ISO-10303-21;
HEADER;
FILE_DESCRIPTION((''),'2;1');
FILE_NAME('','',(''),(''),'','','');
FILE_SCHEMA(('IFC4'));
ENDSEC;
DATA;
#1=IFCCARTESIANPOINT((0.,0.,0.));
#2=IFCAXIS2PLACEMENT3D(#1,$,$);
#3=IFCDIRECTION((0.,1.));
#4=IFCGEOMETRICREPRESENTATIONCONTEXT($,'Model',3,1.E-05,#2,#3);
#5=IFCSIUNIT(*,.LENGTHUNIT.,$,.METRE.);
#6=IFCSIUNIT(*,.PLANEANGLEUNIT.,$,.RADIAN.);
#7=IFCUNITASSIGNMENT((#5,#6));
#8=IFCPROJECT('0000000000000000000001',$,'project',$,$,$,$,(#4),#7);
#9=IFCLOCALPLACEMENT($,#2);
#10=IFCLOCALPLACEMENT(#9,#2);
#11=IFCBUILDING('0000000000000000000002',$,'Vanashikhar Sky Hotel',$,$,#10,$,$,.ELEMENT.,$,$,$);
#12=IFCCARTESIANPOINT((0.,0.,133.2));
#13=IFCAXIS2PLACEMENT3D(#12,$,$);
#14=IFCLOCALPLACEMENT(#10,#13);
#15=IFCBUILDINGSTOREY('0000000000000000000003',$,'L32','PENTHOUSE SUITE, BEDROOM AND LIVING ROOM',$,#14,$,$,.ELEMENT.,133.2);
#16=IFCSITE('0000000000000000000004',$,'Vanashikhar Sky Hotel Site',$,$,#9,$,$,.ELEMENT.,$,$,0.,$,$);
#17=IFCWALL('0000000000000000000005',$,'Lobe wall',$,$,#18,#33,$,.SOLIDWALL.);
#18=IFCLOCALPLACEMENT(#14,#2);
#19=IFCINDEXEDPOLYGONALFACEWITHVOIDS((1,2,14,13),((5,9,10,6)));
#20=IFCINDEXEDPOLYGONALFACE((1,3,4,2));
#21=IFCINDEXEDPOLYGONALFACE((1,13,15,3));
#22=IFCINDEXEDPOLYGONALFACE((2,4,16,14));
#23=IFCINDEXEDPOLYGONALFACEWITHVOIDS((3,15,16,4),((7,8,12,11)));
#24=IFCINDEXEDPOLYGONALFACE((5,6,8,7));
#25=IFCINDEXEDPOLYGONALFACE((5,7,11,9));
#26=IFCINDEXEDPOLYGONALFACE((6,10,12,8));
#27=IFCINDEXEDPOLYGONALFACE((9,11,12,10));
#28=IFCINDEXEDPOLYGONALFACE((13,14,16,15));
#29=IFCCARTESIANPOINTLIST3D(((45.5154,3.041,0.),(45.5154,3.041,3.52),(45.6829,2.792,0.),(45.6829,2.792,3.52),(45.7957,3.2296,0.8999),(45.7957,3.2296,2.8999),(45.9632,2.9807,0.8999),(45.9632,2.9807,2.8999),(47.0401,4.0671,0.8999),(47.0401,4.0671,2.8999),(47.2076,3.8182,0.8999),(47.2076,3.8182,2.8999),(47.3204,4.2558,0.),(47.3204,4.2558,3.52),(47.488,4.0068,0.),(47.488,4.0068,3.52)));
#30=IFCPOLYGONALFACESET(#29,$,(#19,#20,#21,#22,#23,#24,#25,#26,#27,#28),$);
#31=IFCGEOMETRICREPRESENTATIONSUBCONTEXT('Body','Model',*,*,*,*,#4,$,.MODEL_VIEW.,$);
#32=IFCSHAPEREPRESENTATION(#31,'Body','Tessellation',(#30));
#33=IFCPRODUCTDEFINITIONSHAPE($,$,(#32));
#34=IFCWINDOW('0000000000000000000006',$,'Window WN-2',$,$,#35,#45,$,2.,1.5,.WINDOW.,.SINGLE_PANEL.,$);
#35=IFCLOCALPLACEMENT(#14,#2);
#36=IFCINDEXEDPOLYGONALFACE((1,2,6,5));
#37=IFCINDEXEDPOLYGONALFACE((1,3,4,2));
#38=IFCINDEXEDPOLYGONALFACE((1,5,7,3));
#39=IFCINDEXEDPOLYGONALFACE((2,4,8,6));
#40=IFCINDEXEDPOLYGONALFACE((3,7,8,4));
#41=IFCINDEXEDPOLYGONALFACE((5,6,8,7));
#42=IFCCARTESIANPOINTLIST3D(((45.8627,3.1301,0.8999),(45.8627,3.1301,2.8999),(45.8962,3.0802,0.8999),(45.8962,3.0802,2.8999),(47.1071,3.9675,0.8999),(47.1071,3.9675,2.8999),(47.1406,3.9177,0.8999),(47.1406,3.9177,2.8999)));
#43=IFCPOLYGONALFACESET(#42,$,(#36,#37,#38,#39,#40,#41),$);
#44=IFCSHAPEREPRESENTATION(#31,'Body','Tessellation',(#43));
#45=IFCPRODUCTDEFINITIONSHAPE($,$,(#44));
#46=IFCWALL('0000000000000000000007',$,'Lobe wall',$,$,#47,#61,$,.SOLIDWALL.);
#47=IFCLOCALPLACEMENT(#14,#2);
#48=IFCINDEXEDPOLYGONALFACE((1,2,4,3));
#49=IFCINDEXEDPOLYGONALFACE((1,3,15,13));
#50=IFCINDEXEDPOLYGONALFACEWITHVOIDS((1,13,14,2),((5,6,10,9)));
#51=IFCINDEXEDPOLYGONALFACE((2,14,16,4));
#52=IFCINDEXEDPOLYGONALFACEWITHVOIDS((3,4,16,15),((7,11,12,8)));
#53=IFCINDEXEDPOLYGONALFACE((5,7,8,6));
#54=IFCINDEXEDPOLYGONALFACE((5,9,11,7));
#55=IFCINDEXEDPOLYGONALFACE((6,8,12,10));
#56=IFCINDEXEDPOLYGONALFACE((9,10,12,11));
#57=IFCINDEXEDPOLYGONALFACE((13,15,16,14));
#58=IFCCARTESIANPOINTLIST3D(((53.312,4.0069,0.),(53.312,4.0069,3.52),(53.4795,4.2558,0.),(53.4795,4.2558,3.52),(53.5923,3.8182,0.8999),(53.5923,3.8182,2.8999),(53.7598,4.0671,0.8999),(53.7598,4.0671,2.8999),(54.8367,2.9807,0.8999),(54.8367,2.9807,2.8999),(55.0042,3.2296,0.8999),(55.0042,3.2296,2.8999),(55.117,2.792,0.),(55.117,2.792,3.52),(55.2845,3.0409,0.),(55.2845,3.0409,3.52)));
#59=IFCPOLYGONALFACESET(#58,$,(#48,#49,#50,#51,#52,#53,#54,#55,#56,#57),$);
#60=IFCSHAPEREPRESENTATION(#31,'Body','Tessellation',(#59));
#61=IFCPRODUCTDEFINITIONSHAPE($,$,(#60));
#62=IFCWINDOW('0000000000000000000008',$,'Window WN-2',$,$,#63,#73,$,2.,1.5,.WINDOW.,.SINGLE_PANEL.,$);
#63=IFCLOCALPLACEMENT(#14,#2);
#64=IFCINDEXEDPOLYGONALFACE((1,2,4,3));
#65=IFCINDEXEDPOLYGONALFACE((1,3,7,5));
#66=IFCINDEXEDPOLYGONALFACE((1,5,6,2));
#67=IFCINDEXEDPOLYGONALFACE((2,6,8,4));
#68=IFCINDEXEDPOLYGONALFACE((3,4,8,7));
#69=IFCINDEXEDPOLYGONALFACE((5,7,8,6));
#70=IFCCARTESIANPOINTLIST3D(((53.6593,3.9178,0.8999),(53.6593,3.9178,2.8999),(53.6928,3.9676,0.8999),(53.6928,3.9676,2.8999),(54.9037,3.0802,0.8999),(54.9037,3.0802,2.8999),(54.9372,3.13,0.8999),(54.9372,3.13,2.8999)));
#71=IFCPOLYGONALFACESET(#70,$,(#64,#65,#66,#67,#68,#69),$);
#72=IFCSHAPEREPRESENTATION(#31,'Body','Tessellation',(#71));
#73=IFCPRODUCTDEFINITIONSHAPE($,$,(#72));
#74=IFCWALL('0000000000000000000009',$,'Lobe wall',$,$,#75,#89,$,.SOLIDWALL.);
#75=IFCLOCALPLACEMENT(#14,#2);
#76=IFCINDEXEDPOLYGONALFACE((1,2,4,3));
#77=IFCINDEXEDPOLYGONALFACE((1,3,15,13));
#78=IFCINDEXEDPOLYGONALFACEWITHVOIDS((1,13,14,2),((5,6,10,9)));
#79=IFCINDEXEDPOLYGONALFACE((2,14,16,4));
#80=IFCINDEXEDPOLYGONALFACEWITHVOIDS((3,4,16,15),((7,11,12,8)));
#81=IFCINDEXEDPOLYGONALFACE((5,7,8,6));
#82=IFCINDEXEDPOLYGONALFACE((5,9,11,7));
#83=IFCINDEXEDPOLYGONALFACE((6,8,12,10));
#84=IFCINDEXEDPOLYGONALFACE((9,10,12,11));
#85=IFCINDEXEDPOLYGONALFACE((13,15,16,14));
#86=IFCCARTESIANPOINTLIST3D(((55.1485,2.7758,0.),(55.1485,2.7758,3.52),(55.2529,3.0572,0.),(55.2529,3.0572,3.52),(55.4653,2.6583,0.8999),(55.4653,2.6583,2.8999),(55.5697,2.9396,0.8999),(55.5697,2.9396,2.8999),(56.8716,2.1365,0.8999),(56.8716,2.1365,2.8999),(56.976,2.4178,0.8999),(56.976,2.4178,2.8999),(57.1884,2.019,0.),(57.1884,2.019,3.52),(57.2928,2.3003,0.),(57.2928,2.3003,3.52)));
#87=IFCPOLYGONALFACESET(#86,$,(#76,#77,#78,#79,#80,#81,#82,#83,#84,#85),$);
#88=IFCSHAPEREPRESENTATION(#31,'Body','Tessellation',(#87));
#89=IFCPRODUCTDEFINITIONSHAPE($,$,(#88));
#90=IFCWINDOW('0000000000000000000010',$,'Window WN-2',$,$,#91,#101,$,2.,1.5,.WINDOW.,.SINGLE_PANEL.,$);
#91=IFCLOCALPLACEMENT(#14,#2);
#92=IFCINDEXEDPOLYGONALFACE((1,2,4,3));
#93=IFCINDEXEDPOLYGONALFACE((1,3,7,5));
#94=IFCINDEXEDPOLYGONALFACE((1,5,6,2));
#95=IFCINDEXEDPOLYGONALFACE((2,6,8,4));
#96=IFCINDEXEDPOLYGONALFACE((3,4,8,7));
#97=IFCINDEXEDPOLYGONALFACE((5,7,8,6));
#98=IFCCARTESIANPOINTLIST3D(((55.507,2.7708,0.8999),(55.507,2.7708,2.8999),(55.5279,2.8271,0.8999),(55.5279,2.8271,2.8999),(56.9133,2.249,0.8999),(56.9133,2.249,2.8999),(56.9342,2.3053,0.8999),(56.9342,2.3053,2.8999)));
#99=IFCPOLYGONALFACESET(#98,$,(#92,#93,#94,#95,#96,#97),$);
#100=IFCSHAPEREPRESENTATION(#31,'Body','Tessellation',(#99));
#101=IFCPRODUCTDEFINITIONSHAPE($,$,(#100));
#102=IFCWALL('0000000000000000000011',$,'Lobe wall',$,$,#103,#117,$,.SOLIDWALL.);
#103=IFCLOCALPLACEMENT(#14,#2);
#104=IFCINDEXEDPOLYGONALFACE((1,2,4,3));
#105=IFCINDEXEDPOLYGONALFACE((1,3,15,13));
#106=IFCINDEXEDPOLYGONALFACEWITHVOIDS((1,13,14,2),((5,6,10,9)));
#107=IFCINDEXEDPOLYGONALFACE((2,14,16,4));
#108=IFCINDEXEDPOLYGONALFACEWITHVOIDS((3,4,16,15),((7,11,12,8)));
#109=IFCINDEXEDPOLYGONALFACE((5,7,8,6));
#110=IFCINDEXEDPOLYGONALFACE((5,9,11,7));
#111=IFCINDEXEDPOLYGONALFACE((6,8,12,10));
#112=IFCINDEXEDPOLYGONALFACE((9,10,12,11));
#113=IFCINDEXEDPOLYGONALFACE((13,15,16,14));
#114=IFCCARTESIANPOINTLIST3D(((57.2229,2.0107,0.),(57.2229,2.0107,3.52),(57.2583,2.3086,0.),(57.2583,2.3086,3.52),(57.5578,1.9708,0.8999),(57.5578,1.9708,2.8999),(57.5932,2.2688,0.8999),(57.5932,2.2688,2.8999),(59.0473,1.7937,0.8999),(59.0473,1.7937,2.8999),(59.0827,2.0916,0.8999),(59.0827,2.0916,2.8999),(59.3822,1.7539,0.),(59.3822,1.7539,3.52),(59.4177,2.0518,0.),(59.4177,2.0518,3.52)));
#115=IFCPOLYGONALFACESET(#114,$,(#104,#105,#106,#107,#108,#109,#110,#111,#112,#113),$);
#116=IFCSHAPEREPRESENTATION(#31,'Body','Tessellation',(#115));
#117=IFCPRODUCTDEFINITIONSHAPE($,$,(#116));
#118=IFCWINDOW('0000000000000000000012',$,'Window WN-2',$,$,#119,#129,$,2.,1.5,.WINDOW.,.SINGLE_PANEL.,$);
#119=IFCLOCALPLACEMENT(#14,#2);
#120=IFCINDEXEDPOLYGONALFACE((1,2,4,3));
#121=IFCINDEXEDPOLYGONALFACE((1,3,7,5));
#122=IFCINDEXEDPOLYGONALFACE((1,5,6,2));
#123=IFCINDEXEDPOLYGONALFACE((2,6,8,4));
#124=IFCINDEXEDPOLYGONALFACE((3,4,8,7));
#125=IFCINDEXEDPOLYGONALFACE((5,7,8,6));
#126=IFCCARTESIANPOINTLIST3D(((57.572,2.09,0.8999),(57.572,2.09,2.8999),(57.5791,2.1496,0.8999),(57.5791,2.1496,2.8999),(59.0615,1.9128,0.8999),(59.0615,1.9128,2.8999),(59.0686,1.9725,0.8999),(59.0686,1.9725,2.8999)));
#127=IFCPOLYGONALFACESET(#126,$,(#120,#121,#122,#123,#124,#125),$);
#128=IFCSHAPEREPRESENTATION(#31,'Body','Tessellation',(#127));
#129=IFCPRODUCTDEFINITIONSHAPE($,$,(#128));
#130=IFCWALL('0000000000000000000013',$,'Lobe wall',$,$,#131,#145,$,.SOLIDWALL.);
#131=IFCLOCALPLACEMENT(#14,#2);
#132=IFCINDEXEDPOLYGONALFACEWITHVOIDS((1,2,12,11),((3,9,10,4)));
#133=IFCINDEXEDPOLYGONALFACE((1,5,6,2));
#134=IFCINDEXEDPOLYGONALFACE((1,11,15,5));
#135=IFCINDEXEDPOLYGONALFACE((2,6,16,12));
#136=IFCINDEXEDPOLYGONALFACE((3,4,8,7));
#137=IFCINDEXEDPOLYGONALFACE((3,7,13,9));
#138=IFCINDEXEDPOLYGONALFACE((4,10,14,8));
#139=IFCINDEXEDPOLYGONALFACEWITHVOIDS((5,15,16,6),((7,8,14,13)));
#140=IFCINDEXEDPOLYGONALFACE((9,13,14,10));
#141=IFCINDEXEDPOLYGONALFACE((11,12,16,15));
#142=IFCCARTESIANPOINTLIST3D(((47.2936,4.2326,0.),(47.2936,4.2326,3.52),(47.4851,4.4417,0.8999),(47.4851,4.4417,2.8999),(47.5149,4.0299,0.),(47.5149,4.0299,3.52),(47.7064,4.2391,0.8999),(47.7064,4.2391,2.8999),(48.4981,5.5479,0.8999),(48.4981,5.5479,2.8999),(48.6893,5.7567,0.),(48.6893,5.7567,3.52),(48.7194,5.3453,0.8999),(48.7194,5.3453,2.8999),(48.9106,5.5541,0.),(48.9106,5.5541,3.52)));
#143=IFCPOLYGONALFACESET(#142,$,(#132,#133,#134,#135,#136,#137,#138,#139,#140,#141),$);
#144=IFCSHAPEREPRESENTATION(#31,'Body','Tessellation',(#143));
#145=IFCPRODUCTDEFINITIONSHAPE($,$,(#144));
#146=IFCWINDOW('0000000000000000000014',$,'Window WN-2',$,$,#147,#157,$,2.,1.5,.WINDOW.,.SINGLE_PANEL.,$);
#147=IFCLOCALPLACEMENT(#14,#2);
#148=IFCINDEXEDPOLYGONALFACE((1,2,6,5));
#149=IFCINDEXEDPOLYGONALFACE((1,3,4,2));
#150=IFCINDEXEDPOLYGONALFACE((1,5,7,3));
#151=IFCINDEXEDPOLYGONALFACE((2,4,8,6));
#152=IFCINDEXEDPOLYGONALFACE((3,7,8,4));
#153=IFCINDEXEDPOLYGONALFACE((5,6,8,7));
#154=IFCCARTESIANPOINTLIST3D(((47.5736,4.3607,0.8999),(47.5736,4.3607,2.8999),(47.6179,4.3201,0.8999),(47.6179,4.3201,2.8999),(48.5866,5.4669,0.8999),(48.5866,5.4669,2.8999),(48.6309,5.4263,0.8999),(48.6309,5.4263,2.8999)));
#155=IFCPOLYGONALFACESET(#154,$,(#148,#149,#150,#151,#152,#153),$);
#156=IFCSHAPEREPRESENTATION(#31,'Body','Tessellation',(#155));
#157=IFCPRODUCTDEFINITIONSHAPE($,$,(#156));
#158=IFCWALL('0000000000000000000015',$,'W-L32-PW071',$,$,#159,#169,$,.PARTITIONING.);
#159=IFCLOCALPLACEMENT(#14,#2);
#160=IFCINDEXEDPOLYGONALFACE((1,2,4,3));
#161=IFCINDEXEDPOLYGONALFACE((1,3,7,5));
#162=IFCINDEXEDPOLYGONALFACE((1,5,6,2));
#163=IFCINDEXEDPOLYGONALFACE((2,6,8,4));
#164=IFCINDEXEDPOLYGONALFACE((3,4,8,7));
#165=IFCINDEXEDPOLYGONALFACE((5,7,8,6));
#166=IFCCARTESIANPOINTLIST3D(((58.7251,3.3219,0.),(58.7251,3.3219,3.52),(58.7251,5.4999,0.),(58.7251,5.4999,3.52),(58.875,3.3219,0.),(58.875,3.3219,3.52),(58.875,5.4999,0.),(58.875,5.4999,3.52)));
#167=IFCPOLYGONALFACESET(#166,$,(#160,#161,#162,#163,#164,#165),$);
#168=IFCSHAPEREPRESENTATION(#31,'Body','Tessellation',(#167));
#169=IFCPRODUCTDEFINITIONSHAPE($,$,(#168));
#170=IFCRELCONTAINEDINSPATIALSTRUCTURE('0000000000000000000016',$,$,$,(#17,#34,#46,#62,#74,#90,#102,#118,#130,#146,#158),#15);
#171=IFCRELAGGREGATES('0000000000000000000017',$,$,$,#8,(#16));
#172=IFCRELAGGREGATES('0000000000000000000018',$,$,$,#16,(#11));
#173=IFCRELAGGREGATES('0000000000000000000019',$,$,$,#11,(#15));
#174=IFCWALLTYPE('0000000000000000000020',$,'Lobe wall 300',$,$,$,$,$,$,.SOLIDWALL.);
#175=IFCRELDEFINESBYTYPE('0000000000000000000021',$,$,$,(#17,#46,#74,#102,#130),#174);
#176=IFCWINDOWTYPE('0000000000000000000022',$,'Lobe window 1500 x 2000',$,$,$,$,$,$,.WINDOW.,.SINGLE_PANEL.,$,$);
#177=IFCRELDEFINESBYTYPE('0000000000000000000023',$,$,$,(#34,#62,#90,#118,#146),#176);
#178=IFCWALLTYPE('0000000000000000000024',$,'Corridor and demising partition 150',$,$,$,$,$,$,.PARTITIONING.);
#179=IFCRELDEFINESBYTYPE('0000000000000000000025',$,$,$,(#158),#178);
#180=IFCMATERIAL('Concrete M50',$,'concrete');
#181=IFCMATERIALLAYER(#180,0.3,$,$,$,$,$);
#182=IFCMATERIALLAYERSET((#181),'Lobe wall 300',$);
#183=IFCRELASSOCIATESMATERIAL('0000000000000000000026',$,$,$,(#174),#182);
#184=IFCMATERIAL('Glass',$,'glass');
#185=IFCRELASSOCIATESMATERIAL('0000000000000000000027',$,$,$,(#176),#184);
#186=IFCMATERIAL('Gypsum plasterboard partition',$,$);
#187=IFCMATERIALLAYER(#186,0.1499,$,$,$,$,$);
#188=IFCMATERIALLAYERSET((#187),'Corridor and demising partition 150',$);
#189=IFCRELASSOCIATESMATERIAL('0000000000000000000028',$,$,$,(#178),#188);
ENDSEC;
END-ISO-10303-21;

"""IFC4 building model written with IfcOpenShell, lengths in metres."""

from ifc_helpers import new_model, si_unit, direction, frame, frame_2d, origin, place, context, subcontext, project, spatial, rectangle, extrude, source, transform, mapped, material, layer, layer_set, type_object, element, fill, save


model = new_model("IFC4")

# Units and contexts
model_context = context("Model", 3, precision=1e-05, world=origin(), true_north=direction((0.0, 1.0)))
body_context = subcontext(model_context, "Body", "Model", "MODEL_VIEW")
ifc_project = project(units=[si_unit("LENGTHUNIT", "METRE"), si_unit("PLANEANGLEUNIT", "RADIAN")], contexts=[model_context])

# Site, building, storey
site_placement = place(None, origin())
site = spatial("IfcSite", under=ifc_project, at=site_placement, Name="Vanashikhar Sky Hotel Site", CompositionType="ELEMENT", RefElevation=0.0)
building_placement = place(site_placement, origin())
building = spatial("IfcBuilding", under=site, at=building_placement, Name="Vanashikhar Sky Hotel", CompositionType="ELEMENT")
storey_placement = place(building_placement, frame((0.0, 0.0, 133.2)))
storey = spatial("IfcBuildingStorey", under=building, at=storey_placement, Name="L32", Description="PENTHOUSE SUITE, BEDROOM AND LIVING ROOM", CompositionType="ELEMENT", Elevation=133.2)

# Walls, openings, windows
ifc_material_1 = material(Name="Concrete M50", Category="concrete")
ifc_layer_1 = layer(ifc_material_1, 0.3)
ifc_layer_set_1 = layer_set([ifc_layer_1], Name="Lobe wall 300")
wall_type_1 = type_object("IfcWallType", Name="Lobe wall 300", PredefinedType="SOLIDWALL", material=ifc_layer_set_1)
shared_shape_1 = source(origin(), body_context, "Body", "SweptSolid", [
    extrude(rectangle(XDim=2.1758, YDim=0.3, at=frame_2d((1.0879, 0.0))), origin(), (0.0, 0.0, 1.0), 3.52),
])
wall_1_placement = place(storey_placement, frame((45.5991, 2.9165, 0.0), z_axis=(0.0, 0.0, 1.0), x_axis=(0.829626, 0.55832, 0.0)))
wall_1 = element("IfcWall", 1, at=wall_1_placement, inside=storey, type_object=wall_type_1, Name="Lobe wall", PredefinedType="SOLIDWALL", context=body_context, shape_type="MappedRepresentation", body=[
    mapped(shared_shape_1, transform((0.0, 0.0, 0.0), scale=1.0)),
])
shared_shape_2 = source(origin(), body_context, "Body", "SweptSolid", [
    extrude(rectangle(XDim=1.5, YDim=2.0, at=frame_2d((0.75, 1.0))), frame((0.0, 0.1602, 0.0), z_axis=(0.0, -1.0, 0.0), x_axis=(1.0, 0.0, 0.0)), (0.0, 0.0, 1.0), 0.3201),
])
opening_1_placement = place(wall_1_placement, frame((0.3379, 0.0, 0.8999)))
opening_1 = element("IfcOpeningElement", 2, at=opening_1_placement, cuts=wall_1, PredefinedType="OPENING", context=body_context, shape_type="MappedRepresentation", body=[
    mapped(shared_shape_2, transform((0.0, 0.0, 0.0), scale=1.0)),
])
ifc_material_2 = material(Name="Glass", Category="glass")
window_type = type_object("IfcWindowType", Name="Lobe window 1500 x 2000", PartitioningType="SINGLE_PANEL", PredefinedType="WINDOW", material=ifc_material_2)
shared_shape_3 = source(origin(), body_context, "Body", "SweptSolid", [
    extrude(rectangle(XDim=1.5, YDim=2.0, at=frame_2d((0.75, 1.0))), frame((0.0, 0.03, 0.0), z_axis=(0.0, -1.0, 0.0), x_axis=(1.0, 0.0, 0.0)), (0.0, 0.0, 1.0), 0.0601),
])
window_1_placement = place(opening_1_placement, origin())
window_1 = element("IfcWindow", 3, at=window_1_placement, inside=storey, type_object=window_type, Name="Window WN-2", OverallHeight=2.0, OverallWidth=1.5, PartitioningType="SINGLE_PANEL", PredefinedType="WINDOW", context=body_context, shape_type="MappedRepresentation", body=[
    mapped(shared_shape_3, transform((0.0, 0.0, 0.0), scale=1.0)),
])
fill(opening_1, window_1)
wall_2_placement = place(storey_placement, frame((53.3958, 4.1313, 0.0), z_axis=(0.0, 0.0, 1.0), x_axis=(0.829591, -0.558372, 0.0)))
wall_2 = element("IfcWall", 4, at=wall_2_placement, inside=storey, type_object=wall_type_1, Name="Lobe wall", PredefinedType="SOLIDWALL", context=body_context, shape_type="MappedRepresentation", body=[
    mapped(shared_shape_1, transform((0.0, 0.0, 0.0), scale=1.0)),
])
opening_2_placement = place(wall_2_placement, frame((0.3379, 0.0, 0.8999)))
opening_2 = element("IfcOpeningElement", 5, at=opening_2_placement, cuts=wall_2, PredefinedType="OPENING", context=body_context, shape_type="MappedRepresentation", body=[
    mapped(shared_shape_2, transform((0.0, 0.0, 0.0), scale=1.0)),
])
window_2_placement = place(opening_2_placement, origin())
window_2 = element("IfcWindow", 6, at=window_2_placement, inside=storey, type_object=window_type, Name="Window WN-2", OverallHeight=2.0, OverallWidth=1.5, PartitioningType="SINGLE_PANEL", PredefinedType="WINDOW", context=body_context, shape_type="MappedRepresentation", body=[
    mapped(shared_shape_3, transform((0.0, 0.0, 0.0), scale=1.0)),
])
fill(opening_2, window_2)
wall_3_placement = place(storey_placement, frame((55.2007, 2.9165, 0.0), z_axis=(0.0, 0.0, 1.0), x_axis=(0.937546, -0.347863, 0.0)))
wall_3 = element("IfcWall", 7, at=wall_3_placement, inside=storey, type_object=wall_type_1, Name="Lobe wall", PredefinedType="SOLIDWALL", context=body_context, shape_type="MappedRepresentation", body=[
    mapped(shared_shape_1, transform((0.0, 0.0, 0.0), scale=1.0)),
])
opening_3_placement = place(wall_3_placement, frame((0.3379, 0.0, 0.8999)))
opening_3 = element("IfcOpeningElement", 8, at=opening_3_placement, cuts=wall_3, PredefinedType="OPENING", context=body_context, shape_type="MappedRepresentation", body=[
    mapped(shared_shape_2, transform((0.0, 0.0, 0.0), scale=1.0)),
])
window_3_placement = place(opening_3_placement, origin())
window_3 = element("IfcWindow", 9, at=window_3_placement, inside=storey, type_object=window_type, Name="Window WN-2", OverallHeight=2.0, OverallWidth=1.5, PartitioningType="SINGLE_PANEL", PredefinedType="WINDOW", context=body_context, shape_type="MappedRepresentation", body=[
    mapped(shared_shape_3, transform((0.0, 0.0, 0.0), scale=1.0)),
])
fill(opening_3, window_3)
shared_shape_4 = source(origin(), body_context, "Body", "SweptSolid", [
    extrude(rectangle(XDim=2.1746, YDim=0.3, at=frame_2d((1.0874, 0.0))), origin(), (0.0, 0.0, 1.0), 3.52),
])
wall_4_placement = place(storey_placement, frame((57.2405, 2.1597, 0.0), z_axis=(0.0, 0.0, 1.0), x_axis=(0.993001, -0.118105, 0.0)))
wall_4 = element("IfcWall", 10, at=wall_4_placement, inside=storey, type_object=wall_type_1, Name="Lobe wall", PredefinedType="SOLIDWALL", context=body_context, shape_type="MappedRepresentation", body=[
    mapped(shared_shape_4, transform((0.0, 0.0, 0.0), scale=1.0)),
])
opening_4_placement = place(wall_4_placement, frame((0.3374, 0.0, 0.8999)))
opening_4 = element("IfcOpeningElement", 11, at=opening_4_placement, cuts=wall_4, PredefinedType="OPENING", context=body_context, shape_type="MappedRepresentation", body=[
    mapped(shared_shape_2, transform((0.0, 0.0, 0.0), scale=1.0)),
])
window_4_placement = place(opening_4_placement, origin())
window_4 = element("IfcWindow", 12, at=window_4_placement, inside=storey, type_object=window_type, Name="Window WN-2", OverallHeight=2.0, OverallWidth=1.5, PartitioningType="SINGLE_PANEL", PredefinedType="WINDOW", context=body_context, shape_type="MappedRepresentation", body=[
    mapped(shared_shape_3, transform((0.0, 0.0, 0.0), scale=1.0)),
])
fill(opening_4, window_4)
shared_shape_5 = source(origin(), body_context, "Body", "SweptSolid", [
    extrude(rectangle(XDim=2.0667, YDim=0.3, at=frame_2d((1.0332, 0.0))), origin(), (0.0, 0.0, 1.0), 3.52),
])
wall_5_placement = place(storey_placement, frame((47.4043, 4.1313, 0.0), z_axis=(0.0, 0.0, 1.0), x_axis=(0.675355, 0.737492, 0.0)))
wall_5 = element("IfcWall", 13, at=wall_5_placement, inside=storey, type_object=wall_type_1, Name="Lobe wall", PredefinedType="SOLIDWALL", context=body_context, shape_type="MappedRepresentation", body=[
    mapped(shared_shape_5, transform((0.0, 0.0, 0.0), scale=1.0)),
])
opening_5_placement = place(wall_5_placement, frame((0.2834, 0.0, 0.8999)))
opening_5 = element("IfcOpeningElement", 14, at=opening_5_placement, cuts=wall_5, PredefinedType="OPENING", context=body_context, shape_type="MappedRepresentation", body=[
    mapped(shared_shape_2, transform((0.0, 0.0, 0.0), scale=1.0)),
])
window_5_placement = place(opening_5_placement, origin())
window_5 = element("IfcWindow", 15, at=window_5_placement, inside=storey, type_object=window_type, Name="Window WN-2", OverallHeight=2.0, OverallWidth=1.5, PartitioningType="SINGLE_PANEL", PredefinedType="WINDOW", context=body_context, shape_type="MappedRepresentation", body=[
    mapped(shared_shape_3, transform((0.0, 0.0, 0.0), scale=1.0)),
])
fill(opening_5, window_5)

# Wall
ifc_material_3 = material(Name="Gypsum plasterboard partition")
ifc_layer_2 = layer(ifc_material_3, 0.1499)
ifc_layer_set_2 = layer_set([ifc_layer_2], Name="Corridor and demising partition 150")
wall_type_2 = type_object("IfcWallType", Name="Corridor and demising partition 150", PredefinedType="PARTITIONING", material=ifc_layer_set_2)
shared_shape_6 = source(origin(), body_context, "Body", "SweptSolid", [
    extrude(rectangle(XDim=2.178, YDim=0.1499, at=frame_2d((1.0889, 0.0))), origin(), (0.0, 0.0, 1.0), 3.52),
])
wall_6_placement = place(storey_placement, frame((58.8, 3.322, 0.0), z_axis=(0.0, 0.0, 1.0), x_axis=(0.0, 1.0, 0.0)))
element("IfcWall", 16, at=wall_6_placement, inside=storey, type_object=wall_type_2, Name="W-L32-PW071", PredefinedType="PARTITIONING", context=body_context, shape_type="MappedRepresentation", body=[
    mapped(shared_shape_6, transform((0.0, 0.0, 0.0), scale=1.0)),
])

save(model, "model.ifc")
